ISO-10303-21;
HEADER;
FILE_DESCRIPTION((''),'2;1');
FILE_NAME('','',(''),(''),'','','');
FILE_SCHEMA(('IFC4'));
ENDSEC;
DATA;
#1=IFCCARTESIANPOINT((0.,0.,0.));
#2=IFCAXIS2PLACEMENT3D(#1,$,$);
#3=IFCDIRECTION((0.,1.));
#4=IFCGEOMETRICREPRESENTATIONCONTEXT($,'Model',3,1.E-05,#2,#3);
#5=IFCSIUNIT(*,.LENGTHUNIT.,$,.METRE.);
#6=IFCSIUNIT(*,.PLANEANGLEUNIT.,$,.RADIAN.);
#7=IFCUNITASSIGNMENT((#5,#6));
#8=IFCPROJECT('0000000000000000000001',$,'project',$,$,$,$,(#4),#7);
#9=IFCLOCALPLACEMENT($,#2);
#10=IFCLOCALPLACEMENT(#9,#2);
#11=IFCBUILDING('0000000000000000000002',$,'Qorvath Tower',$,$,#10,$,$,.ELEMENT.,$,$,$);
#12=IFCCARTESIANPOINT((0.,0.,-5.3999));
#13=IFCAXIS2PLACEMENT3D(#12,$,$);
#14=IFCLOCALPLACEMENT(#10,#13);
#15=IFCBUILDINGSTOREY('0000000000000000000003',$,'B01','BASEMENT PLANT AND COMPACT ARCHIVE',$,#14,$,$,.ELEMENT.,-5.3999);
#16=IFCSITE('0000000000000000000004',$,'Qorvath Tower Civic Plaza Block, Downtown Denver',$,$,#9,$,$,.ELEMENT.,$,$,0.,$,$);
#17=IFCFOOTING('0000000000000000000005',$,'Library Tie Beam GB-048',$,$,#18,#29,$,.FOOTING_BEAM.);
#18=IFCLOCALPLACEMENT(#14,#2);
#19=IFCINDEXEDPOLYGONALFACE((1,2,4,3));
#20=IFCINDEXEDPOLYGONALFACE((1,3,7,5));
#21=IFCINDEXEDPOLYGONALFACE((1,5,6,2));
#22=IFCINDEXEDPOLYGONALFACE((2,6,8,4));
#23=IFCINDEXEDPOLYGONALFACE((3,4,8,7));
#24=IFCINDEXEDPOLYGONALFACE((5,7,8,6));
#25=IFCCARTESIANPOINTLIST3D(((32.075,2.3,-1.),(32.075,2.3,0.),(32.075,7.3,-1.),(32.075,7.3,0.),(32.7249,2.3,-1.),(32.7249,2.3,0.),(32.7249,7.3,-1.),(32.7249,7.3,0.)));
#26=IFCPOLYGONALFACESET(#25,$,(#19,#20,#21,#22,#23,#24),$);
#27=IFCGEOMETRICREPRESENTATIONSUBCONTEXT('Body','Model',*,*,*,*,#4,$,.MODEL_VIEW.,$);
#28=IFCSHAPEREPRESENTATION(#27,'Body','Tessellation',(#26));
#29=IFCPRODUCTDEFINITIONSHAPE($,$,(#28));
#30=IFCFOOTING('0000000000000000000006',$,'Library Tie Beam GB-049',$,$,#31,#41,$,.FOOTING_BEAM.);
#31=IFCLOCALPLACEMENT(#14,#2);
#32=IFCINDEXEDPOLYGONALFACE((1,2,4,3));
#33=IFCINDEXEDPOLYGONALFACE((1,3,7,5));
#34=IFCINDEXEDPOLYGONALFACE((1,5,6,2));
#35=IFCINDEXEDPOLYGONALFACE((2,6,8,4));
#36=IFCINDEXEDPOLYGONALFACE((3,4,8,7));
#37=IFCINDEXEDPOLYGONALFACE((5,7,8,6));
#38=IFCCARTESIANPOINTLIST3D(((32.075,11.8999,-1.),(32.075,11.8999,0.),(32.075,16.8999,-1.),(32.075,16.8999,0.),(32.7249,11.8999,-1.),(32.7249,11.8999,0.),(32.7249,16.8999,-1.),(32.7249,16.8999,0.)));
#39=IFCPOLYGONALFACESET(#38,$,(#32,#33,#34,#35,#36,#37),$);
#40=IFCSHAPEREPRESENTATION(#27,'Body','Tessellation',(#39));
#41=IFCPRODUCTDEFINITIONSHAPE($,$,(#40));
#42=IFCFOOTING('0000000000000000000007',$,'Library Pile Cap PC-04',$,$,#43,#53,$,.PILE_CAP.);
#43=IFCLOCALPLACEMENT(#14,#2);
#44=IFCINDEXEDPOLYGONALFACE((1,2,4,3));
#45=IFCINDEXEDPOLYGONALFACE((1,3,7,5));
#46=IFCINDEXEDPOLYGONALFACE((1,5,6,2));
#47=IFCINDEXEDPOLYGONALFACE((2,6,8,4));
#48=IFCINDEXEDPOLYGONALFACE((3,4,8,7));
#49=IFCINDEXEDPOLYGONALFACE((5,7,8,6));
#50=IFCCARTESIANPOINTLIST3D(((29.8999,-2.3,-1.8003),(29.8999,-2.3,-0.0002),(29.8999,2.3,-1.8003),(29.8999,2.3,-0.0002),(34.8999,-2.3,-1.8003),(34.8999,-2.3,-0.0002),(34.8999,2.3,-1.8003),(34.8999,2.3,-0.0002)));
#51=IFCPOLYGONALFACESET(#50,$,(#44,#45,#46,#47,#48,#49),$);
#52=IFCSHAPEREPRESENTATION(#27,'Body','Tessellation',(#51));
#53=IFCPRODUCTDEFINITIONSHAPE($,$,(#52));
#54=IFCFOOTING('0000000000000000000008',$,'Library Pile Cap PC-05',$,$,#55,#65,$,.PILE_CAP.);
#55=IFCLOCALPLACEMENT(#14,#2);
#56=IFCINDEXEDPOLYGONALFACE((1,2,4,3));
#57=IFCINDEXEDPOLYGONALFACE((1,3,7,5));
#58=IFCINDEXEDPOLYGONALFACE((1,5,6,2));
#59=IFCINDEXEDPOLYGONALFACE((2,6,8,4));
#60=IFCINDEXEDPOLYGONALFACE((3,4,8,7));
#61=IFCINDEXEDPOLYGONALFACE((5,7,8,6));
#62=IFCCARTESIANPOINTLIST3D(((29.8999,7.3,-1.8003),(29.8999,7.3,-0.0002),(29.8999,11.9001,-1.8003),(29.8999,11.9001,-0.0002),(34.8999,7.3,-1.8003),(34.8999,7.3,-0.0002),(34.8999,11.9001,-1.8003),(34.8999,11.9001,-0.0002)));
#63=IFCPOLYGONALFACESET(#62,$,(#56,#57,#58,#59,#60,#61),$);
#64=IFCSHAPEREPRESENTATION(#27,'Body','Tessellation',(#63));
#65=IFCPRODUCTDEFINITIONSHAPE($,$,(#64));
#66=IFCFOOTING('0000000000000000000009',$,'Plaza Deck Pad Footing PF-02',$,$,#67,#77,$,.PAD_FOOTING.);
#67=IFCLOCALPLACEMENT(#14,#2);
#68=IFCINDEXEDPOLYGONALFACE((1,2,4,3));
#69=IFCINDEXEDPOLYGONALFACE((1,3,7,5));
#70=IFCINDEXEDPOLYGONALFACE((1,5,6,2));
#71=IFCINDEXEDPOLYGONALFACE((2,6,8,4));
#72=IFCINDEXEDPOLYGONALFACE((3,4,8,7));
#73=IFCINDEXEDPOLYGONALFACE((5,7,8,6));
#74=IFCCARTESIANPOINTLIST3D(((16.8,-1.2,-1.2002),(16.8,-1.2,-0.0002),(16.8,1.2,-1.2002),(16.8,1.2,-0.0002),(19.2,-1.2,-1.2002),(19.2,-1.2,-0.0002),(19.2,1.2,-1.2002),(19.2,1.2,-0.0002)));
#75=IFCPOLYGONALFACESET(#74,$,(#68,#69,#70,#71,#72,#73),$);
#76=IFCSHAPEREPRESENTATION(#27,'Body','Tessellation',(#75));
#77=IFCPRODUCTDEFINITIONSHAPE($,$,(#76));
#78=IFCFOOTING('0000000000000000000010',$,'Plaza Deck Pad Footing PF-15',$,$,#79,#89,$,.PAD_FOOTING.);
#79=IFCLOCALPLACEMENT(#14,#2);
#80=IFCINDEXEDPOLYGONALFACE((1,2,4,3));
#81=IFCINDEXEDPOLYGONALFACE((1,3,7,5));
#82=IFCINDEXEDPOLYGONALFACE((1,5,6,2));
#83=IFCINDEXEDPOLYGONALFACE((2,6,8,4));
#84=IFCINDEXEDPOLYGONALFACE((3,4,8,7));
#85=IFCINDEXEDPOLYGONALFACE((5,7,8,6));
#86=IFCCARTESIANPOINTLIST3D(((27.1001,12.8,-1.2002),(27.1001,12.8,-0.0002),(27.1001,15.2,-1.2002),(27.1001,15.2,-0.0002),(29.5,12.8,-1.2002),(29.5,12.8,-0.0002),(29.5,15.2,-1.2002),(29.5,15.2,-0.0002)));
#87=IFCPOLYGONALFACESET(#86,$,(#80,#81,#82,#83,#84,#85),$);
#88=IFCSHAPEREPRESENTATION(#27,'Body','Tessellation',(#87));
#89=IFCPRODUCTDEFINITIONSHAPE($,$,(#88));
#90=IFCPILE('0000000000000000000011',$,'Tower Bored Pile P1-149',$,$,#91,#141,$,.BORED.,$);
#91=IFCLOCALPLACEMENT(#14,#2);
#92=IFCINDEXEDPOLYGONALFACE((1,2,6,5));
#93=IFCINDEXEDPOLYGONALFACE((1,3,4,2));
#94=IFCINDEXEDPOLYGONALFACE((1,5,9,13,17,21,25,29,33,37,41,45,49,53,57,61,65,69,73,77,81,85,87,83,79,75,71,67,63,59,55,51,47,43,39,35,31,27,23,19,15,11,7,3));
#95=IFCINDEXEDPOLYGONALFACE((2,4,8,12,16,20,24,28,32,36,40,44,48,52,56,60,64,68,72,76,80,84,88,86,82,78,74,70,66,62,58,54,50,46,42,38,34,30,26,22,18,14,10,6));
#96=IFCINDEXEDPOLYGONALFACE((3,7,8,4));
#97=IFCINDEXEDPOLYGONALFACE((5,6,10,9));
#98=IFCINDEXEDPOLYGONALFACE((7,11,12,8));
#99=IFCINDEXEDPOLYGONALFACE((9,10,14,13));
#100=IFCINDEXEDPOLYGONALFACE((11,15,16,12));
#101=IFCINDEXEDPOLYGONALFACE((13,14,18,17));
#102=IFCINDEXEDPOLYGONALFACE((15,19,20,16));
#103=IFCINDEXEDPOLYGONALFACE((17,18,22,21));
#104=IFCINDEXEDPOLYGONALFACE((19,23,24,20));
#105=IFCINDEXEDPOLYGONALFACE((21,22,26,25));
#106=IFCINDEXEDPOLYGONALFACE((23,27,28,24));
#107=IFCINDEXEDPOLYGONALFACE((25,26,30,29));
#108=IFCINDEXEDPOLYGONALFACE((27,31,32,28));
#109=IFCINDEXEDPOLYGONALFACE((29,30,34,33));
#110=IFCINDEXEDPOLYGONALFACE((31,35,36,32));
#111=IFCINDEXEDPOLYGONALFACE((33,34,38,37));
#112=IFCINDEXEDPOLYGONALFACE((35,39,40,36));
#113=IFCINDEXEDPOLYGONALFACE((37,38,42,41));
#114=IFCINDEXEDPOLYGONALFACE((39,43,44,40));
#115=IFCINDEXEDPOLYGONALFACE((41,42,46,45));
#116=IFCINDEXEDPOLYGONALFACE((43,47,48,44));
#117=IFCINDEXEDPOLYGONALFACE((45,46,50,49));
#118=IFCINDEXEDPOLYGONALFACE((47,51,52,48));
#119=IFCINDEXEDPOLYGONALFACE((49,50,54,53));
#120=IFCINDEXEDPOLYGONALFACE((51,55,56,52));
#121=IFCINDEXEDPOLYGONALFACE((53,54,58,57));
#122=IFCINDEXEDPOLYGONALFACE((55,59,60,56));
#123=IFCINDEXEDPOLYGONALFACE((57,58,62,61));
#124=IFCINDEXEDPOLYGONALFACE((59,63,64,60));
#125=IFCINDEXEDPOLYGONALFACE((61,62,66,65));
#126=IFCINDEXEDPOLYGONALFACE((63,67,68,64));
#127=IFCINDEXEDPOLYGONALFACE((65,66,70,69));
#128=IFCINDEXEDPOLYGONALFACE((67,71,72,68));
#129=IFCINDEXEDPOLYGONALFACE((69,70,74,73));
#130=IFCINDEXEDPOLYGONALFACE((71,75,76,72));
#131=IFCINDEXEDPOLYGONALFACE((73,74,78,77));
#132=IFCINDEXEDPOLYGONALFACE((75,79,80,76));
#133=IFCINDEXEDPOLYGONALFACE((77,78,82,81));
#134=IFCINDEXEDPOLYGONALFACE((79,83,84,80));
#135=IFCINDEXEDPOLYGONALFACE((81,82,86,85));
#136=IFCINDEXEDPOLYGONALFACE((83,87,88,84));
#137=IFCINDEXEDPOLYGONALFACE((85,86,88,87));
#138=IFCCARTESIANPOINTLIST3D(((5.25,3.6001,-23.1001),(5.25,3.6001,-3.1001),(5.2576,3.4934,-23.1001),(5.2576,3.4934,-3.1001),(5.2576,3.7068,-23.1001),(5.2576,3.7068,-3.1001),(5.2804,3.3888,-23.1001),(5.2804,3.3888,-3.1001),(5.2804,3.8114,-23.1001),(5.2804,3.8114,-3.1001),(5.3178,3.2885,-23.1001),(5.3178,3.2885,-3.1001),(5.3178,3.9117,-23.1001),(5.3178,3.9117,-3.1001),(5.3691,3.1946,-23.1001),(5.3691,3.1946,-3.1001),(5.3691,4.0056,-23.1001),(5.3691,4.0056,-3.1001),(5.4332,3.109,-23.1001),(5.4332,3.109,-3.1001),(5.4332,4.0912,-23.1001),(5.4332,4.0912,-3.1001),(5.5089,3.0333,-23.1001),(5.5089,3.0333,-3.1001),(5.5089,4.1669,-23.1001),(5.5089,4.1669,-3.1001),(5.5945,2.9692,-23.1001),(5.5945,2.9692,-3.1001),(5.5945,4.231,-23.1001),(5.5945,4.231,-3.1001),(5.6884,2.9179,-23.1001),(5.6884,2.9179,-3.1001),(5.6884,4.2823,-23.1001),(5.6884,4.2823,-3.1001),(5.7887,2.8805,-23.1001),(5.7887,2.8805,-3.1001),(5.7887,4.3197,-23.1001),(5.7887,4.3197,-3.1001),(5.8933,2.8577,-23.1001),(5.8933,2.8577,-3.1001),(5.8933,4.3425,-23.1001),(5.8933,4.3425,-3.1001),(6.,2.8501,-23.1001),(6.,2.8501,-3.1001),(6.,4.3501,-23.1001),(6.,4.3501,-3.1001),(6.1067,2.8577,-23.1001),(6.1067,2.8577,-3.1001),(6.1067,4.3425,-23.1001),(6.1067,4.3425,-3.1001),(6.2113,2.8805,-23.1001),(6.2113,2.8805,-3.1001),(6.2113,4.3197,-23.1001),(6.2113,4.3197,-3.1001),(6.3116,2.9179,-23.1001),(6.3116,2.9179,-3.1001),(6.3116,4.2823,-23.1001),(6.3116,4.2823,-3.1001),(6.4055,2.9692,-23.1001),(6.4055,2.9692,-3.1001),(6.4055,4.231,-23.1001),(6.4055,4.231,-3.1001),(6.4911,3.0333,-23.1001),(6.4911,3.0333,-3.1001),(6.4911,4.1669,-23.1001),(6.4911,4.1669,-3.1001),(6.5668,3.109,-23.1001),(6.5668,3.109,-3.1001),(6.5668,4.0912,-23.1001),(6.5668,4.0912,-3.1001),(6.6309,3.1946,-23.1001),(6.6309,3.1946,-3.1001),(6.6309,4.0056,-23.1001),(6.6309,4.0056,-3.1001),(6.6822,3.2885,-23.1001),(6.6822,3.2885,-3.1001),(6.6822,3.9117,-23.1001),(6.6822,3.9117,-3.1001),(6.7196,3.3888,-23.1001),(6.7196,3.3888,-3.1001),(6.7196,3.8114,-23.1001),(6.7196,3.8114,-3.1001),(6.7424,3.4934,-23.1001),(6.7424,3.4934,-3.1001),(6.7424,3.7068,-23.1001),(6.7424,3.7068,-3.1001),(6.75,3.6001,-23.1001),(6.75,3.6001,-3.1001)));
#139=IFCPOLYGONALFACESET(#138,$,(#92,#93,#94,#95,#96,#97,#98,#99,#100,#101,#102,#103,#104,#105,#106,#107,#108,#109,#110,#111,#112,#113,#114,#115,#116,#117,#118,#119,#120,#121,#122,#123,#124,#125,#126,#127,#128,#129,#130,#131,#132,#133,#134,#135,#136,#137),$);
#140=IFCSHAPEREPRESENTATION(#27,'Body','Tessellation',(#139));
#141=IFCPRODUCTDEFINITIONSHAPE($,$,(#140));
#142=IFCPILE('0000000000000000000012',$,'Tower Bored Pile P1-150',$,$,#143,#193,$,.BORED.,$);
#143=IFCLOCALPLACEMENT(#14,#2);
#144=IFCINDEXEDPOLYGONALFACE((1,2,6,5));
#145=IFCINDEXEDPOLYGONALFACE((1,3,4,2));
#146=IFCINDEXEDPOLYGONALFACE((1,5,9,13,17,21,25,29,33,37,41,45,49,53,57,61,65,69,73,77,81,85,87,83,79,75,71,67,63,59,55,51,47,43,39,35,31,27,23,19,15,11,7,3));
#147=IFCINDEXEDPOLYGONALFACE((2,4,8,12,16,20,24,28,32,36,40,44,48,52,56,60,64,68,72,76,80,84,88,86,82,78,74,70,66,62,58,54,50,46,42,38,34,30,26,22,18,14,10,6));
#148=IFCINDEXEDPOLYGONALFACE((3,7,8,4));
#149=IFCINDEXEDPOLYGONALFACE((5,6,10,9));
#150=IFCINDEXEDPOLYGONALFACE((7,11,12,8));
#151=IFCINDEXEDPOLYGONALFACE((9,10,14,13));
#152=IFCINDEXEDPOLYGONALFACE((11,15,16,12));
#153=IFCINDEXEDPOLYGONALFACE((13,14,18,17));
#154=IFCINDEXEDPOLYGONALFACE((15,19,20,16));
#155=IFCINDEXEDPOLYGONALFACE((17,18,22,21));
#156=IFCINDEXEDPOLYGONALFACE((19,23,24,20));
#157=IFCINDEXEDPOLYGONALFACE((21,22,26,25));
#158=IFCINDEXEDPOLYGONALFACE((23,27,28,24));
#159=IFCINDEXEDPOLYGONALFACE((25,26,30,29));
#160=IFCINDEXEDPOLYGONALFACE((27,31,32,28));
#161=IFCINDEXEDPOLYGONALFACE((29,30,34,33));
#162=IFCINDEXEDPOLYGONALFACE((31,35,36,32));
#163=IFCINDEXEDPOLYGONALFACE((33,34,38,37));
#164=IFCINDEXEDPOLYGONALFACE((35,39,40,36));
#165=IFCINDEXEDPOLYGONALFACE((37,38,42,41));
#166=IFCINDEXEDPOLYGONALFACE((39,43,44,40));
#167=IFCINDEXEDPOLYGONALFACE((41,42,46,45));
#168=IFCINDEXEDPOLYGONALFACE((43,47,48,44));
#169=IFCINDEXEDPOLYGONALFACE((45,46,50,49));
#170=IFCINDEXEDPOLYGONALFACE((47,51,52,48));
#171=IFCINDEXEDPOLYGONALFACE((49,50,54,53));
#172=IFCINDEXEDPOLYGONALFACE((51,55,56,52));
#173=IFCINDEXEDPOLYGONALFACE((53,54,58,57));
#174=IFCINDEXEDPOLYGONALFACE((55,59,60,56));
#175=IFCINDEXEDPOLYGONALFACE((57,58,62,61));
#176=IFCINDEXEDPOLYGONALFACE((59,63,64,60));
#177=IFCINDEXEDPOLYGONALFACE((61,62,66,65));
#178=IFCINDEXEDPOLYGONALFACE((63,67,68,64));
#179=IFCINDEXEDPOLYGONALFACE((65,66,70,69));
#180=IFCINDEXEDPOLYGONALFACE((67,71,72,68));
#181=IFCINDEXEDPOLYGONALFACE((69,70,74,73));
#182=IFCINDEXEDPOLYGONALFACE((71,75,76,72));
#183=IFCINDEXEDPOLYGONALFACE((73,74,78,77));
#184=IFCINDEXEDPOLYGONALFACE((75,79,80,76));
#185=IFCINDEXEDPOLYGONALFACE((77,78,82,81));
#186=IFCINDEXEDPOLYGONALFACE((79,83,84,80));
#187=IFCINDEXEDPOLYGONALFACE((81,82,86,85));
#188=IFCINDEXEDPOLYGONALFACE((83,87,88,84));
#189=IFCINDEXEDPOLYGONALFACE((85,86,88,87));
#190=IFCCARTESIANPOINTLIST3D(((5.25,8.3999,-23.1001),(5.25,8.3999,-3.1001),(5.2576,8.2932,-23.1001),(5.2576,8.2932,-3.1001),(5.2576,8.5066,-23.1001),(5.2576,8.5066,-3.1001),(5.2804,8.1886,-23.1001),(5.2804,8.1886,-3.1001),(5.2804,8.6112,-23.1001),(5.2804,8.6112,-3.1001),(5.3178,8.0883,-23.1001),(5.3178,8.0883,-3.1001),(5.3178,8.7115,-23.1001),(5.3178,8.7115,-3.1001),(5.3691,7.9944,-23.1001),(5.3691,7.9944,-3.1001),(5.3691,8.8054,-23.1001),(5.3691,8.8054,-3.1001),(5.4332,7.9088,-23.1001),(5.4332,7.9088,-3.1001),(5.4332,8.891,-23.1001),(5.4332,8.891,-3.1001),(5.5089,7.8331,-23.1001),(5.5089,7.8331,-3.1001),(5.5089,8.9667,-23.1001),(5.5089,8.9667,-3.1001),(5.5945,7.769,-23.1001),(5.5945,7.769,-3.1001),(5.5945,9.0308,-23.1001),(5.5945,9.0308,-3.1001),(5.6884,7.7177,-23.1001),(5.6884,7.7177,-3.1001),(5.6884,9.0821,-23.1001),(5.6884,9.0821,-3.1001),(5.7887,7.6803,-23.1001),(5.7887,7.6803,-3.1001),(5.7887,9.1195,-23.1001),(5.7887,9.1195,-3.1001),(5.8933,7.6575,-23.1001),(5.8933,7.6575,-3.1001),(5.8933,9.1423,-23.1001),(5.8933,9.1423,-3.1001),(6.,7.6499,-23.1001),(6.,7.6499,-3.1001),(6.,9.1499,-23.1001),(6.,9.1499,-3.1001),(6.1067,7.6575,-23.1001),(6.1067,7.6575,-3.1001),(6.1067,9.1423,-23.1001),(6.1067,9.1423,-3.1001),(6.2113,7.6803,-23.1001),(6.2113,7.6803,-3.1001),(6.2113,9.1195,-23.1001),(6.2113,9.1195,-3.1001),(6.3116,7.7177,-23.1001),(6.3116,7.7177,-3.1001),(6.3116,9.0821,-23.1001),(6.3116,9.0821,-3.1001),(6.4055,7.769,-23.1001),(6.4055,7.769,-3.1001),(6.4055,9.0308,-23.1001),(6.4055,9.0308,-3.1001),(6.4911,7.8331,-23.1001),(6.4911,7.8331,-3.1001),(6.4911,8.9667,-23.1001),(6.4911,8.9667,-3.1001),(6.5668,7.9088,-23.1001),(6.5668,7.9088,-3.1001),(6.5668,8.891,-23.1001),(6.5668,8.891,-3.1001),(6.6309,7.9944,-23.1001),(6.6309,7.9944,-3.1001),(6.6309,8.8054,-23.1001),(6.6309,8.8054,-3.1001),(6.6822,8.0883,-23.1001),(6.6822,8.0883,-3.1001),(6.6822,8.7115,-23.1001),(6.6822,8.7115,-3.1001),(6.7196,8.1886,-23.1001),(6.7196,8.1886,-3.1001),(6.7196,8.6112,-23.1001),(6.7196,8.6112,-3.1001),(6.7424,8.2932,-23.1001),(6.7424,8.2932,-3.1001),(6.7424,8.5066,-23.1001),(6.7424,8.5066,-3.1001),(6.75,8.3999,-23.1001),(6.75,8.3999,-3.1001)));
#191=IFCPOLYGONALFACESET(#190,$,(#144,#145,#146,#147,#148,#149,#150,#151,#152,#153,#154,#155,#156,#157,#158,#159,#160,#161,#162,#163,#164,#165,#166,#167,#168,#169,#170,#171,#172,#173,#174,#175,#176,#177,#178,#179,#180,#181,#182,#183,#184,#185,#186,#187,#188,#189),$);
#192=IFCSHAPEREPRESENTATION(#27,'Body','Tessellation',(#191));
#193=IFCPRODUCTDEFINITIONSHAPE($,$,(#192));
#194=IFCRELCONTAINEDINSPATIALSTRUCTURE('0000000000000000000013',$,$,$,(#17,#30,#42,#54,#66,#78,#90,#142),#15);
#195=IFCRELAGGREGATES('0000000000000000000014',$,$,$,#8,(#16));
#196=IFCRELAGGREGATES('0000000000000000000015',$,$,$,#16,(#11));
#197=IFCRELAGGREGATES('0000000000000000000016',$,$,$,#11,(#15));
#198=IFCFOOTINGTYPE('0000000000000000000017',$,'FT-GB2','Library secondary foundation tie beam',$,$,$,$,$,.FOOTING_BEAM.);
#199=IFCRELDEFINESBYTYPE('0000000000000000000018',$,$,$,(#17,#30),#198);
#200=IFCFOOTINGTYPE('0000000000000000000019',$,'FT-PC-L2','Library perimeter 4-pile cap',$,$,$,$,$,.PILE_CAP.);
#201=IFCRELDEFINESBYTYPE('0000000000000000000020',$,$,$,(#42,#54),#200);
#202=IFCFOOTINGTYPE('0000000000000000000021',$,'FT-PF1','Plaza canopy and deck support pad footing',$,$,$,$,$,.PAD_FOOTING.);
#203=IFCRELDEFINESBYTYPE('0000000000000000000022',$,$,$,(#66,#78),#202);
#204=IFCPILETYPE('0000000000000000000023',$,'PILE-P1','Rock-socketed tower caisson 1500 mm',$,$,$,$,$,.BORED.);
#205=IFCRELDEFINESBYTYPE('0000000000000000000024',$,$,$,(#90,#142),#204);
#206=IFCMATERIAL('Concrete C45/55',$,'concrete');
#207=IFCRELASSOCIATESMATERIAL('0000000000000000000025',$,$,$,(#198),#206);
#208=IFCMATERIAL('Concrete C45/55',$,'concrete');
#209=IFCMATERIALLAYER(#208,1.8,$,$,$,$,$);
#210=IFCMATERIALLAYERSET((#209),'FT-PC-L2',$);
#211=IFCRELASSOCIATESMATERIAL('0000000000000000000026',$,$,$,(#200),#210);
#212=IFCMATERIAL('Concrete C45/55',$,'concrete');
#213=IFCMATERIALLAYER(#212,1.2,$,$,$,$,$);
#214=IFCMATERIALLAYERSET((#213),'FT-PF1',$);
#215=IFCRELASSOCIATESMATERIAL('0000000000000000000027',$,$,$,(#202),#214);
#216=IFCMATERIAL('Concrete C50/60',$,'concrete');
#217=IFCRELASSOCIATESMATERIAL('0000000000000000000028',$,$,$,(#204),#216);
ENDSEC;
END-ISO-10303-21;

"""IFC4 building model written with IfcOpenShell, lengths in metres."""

from ifc_helpers import new_model, si_unit, direction, frame, origin, origin_2d, place, context, subcontext, project, spatial, rectangle, circle, extrude, material, layer, layer_set, material_profile, profile_set, type_object, element, save


model = new_model("IFC4")

# Units and contexts
model_context = context("Model", 3, precision=1e-05, world=origin(), true_north=direction((0.0, 1.0)))
body_context = subcontext(model_context, "Body", "Model", "MODEL_VIEW")
ifc_project = project(units=[si_unit("LENGTHUNIT", "METRE"), si_unit("PLANEANGLEUNIT", "RADIAN")], contexts=[model_context])

# Site, building, storey
site_placement = place(None, origin())
site = spatial("IfcSite", under=ifc_project, at=site_placement, Name="Qorvath Tower Civic Plaza Block, Downtown Denver", CompositionType="ELEMENT", RefElevation=0.0)
building_placement = place(site_placement, origin())
building = spatial("IfcBuilding", under=site, at=building_placement, Name="Qorvath Tower", CompositionType="ELEMENT")
storey_placement = place(building_placement, frame((0.0, 0.0, -5.3999)))
storey = spatial("IfcBuildingStorey", under=building, at=storey_placement, Name="B01", Description="BASEMENT PLANT AND COMPACT ARCHIVE", CompositionType="ELEMENT", Elevation=-5.3999)

# Footings
ifc_material_1 = material(Name="Concrete C45/55", Category="concrete")
ifc_material_profile_1 = material_profile(ifc_material_1, rectangle(XDim=0.6499, YDim=1.0, at=origin_2d()), Name="GB 650x1000")
ifc_profile_set_1 = profile_set([ifc_material_profile_1], Name="Concrete C45/55")
footing_type_1 = type_object("IfcFootingType", Name="FT-GB2", Description="Library secondary foundation tie beam", PredefinedType="FOOTING_BEAM", material=ifc_profile_set_1)
for number, where, z_axis, x_axis, name in (
    (1, (32.3999, 2.3, -0.5), (0.0, 1.0, 0.0), (-1.0, 0.0, 0.0), "Library Tie Beam GB-048"),
    (2, (32.3999, 11.8999, -0.5), (0.0, 1.0, 0.0), (-1.0, 0.0, 0.0), "Library Tie Beam GB-049"),
):
    element("IfcFooting", number, at=place(storey_placement, frame(where, z_axis=z_axis, x_axis=x_axis)), inside=storey, type_object=footing_type_1, Name=name, PredefinedType="FOOTING_BEAM", context=body_context, shape_type="SweptSolid", body=[
        extrude(rectangle(XDim=0.6499, YDim=1.0, at=origin_2d()), origin(), (0.0, 0.0, 1.0), 5.0),
    ])
ifc_material_2 = material(Name="Concrete C45/55", Category="concrete")
ifc_layer_1 = layer(ifc_material_2, 1.8)
ifc_layer_set_1 = layer_set([ifc_layer_1], Name="FT-PC-L2")
footing_type_2 = type_object("IfcFootingType", Name="FT-PC-L2", Description="Library perimeter 4-pile cap", PredefinedType="PILE_CAP", material=ifc_layer_set_1)
for number, where, z_axis, x_axis, name in (
    (3, (32.3999, 0.0, -1.8003), (0.0, 0.0, 1.0), (1.0, 0.0, 0.0), "Library Pile Cap PC-04"),
    (4, (32.3999, 9.6001, -1.8003), (0.0, 0.0, 1.0), (1.0, 0.0, 0.0), "Library Pile Cap PC-05"),
):
    element("IfcFooting", number, at=place(storey_placement, frame(where, z_axis=z_axis, x_axis=x_axis)), inside=storey, type_object=footing_type_2, Name=name, PredefinedType="PILE_CAP", context=body_context, shape_type="SweptSolid", body=[
        extrude(rectangle(XDim=5.0, YDim=4.6001, at=origin_2d()), origin(), (0.0, 0.0, 1.0), 1.8),
    ])
ifc_material_3 = material(Name="Concrete C45/55", Category="concrete")
ifc_layer_2 = layer(ifc_material_3, 1.2)
ifc_layer_set_2 = layer_set([ifc_layer_2], Name="FT-PF1")
footing_type_3 = type_object("IfcFootingType", Name="FT-PF1", Description="Plaza canopy and deck support pad footing", PredefinedType="PAD_FOOTING", material=ifc_layer_set_2)
for number, where, z_axis, x_axis, name in (
    (5, (18.0, 0.0, -1.2002), (0.0, 0.0, 1.0), (1.0, 0.0, 0.0), "Plaza Deck Pad Footing PF-02"),
    (6, (28.3, 14.0, -1.2002), (0.0, 0.0, 1.0), (1.0, 0.0, 0.0), "Plaza Deck Pad Footing PF-15"),
):
    element("IfcFooting", number, at=place(storey_placement, frame(where, z_axis=z_axis, x_axis=x_axis)), inside=storey, type_object=footing_type_3, Name=name, PredefinedType="PAD_FOOTING", context=body_context, shape_type="SweptSolid", body=[
        extrude(rectangle(XDim=2.3999, YDim=2.3999, at=origin_2d()), origin(), (0.0, 0.0, 1.0), 1.2),
    ])

# Piles
ifc_material_4 = material(Name="Concrete C50/60", Category="concrete")
ifc_material_profile_2 = material_profile(ifc_material_4, circle(Radius=0.75, at=origin_2d()), Name="BORED PILE 1500")
ifc_profile_set_2 = profile_set([ifc_material_profile_2], Name="Concrete C50/60")
pile_type_1 = type_object("IfcPileType", Name="PILE-P1", Description="Rock-socketed tower caisson 1500 mm", PredefinedType="BORED", material=ifc_profile_set_2)
for number, where, z_axis, x_axis, name in (
    (7, (6.0, 3.6001, -3.1001), (0.0, 0.0, -1.0), (1.0, 0.0, 0.0), "Tower Bored Pile P1-149"),
    (8, (6.0, 8.3999, -3.1001), (0.0, 0.0, -1.0), (1.0, 0.0, 0.0), "Tower Bored Pile P1-150"),
):
    element("IfcPile", number, at=place(storey_placement, frame(where, z_axis=z_axis, x_axis=x_axis)), inside=storey, type_object=pile_type_1, Name=name, PredefinedType="BORED", context=body_context, shape_type="SweptSolid", body=[
        extrude(circle(Radius=0.75, at=origin_2d()), origin(), (0.0, 0.0, 1.0), 20.0),
    ])

save(model, "model.ifc")
